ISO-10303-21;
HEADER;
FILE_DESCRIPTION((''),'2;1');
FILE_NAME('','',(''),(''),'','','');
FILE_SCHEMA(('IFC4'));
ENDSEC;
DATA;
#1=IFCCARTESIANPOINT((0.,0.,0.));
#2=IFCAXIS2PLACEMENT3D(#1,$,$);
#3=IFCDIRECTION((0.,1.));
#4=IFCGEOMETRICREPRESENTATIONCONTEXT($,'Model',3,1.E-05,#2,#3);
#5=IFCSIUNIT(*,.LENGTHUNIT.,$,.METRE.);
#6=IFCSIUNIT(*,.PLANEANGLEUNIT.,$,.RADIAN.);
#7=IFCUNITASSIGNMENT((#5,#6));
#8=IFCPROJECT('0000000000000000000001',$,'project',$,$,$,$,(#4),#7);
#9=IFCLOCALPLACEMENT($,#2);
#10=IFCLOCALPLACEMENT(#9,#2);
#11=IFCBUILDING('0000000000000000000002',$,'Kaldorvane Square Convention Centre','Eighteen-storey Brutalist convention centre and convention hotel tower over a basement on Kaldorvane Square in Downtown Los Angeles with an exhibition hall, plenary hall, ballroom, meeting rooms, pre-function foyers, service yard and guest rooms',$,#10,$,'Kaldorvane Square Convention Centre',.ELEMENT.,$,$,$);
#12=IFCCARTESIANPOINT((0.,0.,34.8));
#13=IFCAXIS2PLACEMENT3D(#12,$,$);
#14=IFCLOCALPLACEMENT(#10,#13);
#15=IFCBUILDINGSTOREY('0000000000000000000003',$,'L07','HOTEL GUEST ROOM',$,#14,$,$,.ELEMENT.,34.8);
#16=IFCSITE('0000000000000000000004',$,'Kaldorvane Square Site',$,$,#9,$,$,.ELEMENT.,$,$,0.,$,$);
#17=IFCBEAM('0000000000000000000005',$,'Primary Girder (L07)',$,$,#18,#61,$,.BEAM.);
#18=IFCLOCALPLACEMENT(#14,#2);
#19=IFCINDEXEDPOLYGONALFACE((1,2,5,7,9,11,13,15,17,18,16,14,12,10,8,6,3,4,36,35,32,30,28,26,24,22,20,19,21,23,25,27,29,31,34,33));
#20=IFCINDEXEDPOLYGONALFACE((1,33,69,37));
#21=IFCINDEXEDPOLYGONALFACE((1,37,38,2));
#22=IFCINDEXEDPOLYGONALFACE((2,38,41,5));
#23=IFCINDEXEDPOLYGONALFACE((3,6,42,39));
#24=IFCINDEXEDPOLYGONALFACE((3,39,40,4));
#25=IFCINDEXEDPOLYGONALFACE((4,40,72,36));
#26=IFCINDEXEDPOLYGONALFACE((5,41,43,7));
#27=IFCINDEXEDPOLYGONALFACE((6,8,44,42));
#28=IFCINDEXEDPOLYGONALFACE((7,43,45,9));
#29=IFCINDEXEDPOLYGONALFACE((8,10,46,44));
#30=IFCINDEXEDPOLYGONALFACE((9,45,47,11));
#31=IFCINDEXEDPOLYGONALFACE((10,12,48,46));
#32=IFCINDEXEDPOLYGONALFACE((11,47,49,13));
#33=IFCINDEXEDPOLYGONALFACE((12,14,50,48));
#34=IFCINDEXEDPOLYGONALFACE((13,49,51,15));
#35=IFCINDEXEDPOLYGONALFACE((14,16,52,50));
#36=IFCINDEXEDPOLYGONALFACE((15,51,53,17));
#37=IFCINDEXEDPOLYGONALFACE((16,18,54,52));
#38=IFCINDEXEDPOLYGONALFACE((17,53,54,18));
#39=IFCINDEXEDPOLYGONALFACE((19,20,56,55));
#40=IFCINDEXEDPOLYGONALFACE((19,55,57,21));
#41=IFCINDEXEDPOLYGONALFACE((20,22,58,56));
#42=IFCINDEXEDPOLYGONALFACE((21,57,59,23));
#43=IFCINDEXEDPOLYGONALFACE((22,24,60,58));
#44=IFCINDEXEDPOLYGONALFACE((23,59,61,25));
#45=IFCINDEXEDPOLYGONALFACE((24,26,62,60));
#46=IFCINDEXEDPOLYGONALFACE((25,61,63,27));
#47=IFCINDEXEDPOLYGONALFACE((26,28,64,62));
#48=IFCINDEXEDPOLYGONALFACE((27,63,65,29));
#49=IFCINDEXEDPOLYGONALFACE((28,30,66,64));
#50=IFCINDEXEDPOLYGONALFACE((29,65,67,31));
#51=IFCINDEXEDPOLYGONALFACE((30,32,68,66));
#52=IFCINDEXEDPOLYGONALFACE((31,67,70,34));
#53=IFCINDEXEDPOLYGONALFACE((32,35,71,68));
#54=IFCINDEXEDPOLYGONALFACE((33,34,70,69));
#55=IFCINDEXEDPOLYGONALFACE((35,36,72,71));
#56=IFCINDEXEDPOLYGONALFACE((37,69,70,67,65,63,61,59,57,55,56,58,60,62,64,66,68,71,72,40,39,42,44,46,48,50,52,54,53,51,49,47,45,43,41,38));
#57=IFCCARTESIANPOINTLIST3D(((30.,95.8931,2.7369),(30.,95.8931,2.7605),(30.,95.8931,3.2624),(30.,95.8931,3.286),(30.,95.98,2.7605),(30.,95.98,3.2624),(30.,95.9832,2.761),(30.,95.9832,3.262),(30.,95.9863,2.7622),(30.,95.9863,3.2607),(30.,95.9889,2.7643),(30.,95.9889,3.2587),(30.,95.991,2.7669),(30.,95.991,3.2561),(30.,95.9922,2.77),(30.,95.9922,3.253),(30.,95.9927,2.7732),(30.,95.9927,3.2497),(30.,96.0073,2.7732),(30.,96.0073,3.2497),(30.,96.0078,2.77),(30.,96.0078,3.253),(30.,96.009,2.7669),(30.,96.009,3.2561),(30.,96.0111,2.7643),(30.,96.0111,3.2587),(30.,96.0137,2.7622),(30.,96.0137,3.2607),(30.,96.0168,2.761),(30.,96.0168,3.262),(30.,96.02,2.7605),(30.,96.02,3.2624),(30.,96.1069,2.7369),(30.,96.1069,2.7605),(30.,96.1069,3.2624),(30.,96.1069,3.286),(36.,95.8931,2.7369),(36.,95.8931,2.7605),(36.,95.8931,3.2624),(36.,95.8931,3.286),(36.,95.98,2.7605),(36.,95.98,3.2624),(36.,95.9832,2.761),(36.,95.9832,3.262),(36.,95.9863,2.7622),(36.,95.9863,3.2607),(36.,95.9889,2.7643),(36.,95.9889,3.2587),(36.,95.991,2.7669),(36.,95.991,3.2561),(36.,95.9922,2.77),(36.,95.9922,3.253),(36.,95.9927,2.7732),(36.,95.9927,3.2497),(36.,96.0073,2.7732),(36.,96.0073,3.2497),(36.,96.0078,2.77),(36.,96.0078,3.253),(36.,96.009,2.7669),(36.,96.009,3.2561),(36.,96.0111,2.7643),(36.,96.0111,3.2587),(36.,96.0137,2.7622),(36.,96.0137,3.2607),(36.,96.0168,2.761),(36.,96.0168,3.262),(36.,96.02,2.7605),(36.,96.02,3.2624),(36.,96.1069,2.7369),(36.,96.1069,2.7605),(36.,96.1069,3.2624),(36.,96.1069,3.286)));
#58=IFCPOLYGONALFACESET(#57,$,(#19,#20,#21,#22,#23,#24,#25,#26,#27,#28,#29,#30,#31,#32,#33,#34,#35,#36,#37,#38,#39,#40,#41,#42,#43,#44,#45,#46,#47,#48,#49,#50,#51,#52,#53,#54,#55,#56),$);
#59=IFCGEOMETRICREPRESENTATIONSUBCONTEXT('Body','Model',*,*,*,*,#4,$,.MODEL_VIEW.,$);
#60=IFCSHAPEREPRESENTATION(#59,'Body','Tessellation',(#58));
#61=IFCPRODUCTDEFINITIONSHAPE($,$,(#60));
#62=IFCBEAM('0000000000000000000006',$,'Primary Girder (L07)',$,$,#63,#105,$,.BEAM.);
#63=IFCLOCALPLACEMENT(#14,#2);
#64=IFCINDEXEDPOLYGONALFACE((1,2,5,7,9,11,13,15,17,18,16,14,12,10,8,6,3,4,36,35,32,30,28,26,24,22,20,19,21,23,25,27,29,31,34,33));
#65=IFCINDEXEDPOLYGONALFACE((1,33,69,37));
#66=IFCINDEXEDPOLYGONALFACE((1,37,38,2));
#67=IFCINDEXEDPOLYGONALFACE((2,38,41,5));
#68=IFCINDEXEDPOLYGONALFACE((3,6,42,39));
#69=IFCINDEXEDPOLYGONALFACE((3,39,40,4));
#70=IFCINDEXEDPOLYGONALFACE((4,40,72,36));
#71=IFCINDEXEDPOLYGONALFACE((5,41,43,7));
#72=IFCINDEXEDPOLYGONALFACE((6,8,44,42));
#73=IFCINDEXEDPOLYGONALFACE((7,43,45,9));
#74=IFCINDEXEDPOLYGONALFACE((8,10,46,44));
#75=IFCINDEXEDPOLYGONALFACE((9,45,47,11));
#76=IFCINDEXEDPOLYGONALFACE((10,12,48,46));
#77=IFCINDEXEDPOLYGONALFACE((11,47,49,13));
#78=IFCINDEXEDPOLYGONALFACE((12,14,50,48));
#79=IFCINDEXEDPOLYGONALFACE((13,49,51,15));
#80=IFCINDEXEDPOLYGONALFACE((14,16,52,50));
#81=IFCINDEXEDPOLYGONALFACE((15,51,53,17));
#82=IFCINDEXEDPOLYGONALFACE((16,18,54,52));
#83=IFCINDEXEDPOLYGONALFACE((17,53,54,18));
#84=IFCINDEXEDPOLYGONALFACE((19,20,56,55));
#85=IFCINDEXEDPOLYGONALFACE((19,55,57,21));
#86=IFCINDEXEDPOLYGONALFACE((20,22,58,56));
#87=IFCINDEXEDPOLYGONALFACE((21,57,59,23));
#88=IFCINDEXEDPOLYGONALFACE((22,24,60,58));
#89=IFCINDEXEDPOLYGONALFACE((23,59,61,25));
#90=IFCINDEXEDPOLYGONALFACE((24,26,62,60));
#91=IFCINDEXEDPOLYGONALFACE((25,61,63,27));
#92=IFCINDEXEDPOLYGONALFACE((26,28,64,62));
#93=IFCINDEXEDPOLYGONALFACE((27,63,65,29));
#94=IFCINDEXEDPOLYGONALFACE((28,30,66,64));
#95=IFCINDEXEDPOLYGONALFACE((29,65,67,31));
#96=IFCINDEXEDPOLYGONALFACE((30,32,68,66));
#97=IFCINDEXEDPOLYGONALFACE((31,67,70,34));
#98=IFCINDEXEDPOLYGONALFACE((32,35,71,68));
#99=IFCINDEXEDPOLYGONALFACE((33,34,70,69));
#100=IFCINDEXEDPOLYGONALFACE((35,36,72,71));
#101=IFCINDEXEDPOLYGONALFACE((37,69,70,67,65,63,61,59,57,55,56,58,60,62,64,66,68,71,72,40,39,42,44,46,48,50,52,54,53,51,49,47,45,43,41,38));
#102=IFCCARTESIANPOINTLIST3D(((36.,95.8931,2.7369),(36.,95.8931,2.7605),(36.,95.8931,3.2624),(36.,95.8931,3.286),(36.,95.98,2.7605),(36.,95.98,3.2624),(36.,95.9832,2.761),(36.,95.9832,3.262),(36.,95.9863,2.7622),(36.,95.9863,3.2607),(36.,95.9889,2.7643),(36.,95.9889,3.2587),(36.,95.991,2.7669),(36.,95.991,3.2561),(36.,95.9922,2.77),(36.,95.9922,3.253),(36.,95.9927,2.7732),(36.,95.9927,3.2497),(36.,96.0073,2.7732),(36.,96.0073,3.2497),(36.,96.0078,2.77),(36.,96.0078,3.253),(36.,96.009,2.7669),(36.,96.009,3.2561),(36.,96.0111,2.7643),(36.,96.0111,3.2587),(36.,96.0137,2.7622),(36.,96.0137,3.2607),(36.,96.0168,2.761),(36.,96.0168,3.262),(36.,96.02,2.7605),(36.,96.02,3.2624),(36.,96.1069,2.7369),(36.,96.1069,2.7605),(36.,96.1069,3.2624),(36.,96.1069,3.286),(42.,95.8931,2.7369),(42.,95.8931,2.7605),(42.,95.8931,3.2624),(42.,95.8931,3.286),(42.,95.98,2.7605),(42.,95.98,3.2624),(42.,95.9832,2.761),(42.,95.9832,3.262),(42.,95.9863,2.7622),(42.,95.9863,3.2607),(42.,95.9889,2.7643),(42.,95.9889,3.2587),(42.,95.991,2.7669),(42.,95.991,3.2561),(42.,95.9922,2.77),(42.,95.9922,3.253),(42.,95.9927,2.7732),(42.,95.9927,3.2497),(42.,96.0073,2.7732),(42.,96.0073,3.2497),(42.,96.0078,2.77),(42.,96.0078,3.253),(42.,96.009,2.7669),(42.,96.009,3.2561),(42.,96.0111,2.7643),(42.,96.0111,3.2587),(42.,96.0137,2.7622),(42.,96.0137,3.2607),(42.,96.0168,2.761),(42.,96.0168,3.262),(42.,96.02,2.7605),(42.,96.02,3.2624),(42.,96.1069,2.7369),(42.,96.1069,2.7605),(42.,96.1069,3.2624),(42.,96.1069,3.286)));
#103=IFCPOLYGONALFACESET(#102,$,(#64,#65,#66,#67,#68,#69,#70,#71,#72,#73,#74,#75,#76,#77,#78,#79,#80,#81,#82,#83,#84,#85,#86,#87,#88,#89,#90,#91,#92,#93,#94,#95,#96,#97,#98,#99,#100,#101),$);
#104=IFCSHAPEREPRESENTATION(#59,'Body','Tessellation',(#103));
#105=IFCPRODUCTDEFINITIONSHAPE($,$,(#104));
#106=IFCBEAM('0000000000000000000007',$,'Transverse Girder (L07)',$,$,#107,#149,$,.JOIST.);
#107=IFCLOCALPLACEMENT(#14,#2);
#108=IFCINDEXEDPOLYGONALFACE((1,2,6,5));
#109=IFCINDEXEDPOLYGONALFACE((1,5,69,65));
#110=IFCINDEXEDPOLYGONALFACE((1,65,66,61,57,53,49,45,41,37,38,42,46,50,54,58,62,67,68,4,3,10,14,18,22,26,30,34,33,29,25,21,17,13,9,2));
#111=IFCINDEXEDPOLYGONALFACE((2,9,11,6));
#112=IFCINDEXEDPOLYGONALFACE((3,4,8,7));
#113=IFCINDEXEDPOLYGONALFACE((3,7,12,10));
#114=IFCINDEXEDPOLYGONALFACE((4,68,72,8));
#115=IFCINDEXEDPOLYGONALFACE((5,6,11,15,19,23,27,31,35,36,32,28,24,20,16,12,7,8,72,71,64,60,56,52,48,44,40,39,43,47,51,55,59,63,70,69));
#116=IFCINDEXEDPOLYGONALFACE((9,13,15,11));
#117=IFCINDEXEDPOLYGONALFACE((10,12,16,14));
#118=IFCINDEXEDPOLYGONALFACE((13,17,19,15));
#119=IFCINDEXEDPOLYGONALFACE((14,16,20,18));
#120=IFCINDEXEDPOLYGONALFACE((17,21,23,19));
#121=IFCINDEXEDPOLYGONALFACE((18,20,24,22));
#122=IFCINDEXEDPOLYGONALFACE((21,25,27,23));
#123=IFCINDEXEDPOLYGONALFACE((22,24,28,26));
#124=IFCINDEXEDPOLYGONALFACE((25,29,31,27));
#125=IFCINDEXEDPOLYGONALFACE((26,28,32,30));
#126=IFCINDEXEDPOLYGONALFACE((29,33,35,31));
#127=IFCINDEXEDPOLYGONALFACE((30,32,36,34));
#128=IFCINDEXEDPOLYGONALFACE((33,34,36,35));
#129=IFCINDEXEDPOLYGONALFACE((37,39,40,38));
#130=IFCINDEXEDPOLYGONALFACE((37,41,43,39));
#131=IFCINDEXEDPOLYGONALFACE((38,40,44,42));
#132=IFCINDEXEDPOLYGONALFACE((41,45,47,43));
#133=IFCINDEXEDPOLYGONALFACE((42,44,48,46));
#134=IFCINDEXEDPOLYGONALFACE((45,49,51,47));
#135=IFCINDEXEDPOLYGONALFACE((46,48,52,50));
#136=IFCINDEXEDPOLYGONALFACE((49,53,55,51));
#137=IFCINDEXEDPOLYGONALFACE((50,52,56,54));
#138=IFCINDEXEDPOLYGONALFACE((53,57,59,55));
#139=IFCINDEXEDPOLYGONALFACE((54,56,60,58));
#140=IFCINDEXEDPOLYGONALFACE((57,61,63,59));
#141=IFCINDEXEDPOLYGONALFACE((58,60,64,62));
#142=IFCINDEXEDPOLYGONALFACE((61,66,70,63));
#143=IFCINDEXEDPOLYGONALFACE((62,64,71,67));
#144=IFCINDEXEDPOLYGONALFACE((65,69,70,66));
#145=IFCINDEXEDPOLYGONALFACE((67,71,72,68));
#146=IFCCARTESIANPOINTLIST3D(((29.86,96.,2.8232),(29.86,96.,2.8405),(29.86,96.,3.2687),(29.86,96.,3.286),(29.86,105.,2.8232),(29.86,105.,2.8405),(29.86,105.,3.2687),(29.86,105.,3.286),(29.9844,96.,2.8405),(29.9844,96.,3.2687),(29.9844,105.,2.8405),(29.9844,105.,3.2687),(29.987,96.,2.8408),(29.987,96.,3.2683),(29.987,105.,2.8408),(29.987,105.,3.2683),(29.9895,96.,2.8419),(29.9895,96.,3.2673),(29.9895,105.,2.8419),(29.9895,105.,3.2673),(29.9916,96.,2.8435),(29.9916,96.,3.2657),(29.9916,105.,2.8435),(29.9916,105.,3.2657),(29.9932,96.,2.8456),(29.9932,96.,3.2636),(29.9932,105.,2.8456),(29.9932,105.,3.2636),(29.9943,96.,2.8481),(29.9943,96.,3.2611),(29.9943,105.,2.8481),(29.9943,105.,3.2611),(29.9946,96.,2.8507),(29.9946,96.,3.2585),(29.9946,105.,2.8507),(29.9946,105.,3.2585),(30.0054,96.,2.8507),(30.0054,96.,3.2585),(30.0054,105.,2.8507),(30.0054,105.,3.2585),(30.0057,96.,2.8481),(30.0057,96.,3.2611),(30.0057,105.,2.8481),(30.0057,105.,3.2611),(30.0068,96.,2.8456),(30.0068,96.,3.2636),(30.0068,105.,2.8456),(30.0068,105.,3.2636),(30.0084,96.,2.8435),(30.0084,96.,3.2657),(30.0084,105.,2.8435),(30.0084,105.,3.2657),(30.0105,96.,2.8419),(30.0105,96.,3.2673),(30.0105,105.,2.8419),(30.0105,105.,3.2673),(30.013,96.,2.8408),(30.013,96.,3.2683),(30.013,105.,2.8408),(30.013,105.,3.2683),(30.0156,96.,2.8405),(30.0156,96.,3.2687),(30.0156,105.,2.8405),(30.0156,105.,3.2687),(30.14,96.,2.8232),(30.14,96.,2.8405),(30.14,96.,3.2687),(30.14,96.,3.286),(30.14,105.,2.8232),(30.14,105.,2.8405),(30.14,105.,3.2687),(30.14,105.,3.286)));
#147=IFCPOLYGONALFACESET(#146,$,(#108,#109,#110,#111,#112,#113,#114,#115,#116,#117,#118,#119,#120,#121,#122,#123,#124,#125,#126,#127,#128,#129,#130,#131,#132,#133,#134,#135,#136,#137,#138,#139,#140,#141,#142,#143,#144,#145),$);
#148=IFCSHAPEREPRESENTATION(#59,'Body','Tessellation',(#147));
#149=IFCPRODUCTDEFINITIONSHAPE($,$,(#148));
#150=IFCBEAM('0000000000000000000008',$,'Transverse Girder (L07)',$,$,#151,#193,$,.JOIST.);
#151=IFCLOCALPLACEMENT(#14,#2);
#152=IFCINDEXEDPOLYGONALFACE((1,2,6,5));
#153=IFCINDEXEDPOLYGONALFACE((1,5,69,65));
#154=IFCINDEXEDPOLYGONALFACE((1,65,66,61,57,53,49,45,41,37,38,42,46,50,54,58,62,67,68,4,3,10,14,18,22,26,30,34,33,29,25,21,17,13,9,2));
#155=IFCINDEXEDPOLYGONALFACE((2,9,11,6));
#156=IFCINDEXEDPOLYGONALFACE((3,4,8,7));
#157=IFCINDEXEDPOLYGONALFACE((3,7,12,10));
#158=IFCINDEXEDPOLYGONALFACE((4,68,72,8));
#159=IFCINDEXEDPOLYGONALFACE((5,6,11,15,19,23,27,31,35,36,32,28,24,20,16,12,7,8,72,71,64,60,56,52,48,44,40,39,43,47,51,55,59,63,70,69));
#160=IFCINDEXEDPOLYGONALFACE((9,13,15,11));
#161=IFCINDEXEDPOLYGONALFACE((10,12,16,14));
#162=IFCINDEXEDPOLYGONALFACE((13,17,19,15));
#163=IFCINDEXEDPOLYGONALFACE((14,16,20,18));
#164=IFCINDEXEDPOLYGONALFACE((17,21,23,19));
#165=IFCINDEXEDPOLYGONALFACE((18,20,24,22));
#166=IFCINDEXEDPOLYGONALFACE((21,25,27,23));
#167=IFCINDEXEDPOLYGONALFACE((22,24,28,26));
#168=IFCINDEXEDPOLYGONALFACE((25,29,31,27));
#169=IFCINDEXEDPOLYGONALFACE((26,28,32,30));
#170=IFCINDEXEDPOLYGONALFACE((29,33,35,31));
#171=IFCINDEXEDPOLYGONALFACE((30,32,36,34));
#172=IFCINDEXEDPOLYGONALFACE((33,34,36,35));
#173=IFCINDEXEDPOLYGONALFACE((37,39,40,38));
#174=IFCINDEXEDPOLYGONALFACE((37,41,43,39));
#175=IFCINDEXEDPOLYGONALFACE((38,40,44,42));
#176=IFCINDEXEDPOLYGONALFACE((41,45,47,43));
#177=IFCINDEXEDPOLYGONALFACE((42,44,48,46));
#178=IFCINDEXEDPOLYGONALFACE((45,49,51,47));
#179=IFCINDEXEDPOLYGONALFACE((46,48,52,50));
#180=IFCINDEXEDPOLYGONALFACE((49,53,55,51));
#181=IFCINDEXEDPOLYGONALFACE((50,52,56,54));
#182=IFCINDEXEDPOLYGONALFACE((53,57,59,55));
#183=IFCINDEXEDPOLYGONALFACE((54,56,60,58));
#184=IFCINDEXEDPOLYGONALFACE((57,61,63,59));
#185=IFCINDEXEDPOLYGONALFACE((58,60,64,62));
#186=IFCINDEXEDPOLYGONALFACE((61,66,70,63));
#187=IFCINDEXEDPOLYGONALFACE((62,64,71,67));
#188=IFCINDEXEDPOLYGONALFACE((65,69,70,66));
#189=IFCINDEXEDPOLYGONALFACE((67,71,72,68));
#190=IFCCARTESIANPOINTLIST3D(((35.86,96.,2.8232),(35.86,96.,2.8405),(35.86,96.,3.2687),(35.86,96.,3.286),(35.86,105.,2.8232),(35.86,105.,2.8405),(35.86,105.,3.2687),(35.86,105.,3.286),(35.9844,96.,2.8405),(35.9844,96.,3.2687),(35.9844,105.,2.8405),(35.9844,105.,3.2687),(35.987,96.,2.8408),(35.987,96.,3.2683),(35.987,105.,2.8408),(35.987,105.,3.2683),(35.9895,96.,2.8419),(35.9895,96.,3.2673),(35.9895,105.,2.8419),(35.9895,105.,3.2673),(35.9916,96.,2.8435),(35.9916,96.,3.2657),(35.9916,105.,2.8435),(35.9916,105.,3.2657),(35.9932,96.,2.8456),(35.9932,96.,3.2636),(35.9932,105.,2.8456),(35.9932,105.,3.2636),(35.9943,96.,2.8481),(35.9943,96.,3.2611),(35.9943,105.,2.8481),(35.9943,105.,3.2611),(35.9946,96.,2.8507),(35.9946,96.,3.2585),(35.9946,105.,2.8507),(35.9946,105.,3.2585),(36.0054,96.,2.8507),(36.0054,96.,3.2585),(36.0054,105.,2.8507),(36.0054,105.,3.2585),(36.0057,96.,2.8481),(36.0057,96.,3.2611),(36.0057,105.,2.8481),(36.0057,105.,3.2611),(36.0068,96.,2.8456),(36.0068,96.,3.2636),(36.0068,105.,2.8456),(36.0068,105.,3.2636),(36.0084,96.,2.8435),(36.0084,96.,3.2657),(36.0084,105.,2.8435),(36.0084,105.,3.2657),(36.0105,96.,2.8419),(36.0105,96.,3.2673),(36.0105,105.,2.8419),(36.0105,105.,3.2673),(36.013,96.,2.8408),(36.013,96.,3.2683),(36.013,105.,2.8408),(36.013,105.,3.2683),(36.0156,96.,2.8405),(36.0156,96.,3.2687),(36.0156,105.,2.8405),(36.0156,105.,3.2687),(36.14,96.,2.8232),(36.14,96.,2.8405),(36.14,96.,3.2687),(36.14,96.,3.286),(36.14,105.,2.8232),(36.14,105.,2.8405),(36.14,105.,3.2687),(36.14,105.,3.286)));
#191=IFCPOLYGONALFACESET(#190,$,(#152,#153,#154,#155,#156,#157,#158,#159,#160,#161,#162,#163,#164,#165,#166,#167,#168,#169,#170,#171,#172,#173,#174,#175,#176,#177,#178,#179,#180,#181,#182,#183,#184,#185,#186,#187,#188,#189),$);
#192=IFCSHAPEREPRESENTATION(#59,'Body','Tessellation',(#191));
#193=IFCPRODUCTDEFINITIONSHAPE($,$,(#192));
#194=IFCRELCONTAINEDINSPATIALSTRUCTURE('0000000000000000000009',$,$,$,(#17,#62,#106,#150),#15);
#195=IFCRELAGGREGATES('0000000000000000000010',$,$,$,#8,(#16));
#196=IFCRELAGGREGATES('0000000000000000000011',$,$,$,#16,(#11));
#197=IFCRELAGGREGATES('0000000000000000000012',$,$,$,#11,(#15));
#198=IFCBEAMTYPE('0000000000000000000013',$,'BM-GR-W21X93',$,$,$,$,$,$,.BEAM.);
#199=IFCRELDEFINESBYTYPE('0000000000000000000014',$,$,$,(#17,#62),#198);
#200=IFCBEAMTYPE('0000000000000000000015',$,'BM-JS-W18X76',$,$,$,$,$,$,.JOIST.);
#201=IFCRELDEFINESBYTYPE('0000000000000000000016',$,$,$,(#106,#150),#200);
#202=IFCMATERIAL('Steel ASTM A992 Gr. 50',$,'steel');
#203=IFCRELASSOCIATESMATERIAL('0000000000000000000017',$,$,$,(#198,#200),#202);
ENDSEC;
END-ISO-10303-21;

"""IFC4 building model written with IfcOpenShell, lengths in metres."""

from ifc_helpers import new_model, si_unit, direction, frame, origin, origin_2d, place, context, subcontext, project, spatial, i_section, extrude, material, material_profile, profile_set, type_object, element, save


model = new_model("IFC4")

# Units and contexts
model_context = context("Model", 3, precision=1e-05, world=origin(), true_north=direction((0.0, 1.0)))
body_context = subcontext(model_context, "Body", "Model", "MODEL_VIEW")
ifc_project = project(units=[si_unit("LENGTHUNIT", "METRE"), si_unit("PLANEANGLEUNIT", "RADIAN")], contexts=[model_context])

# Site, building, storey
site_placement = place(None, origin())
site = spatial("IfcSite", under=ifc_project, at=site_placement, Name="Kaldorvane Square Site", CompositionType="ELEMENT", RefElevation=0.0)
building_placement = place(site_placement, origin())
building = spatial("IfcBuilding", under=site, at=building_placement, Name="Kaldorvane Square Convention Centre", Description="Eighteen-storey Brutalist convention centre and convention hotel tower over a basement on Kaldorvane Square in Downtown Los Angeles with an exhibition hall, plenary hall, ballroom, meeting rooms, pre-function foyers, service yard and guest rooms", LongName="Kaldorvane Square Convention Centre", CompositionType="ELEMENT")
storey_placement = place(building_placement, frame((0.0, 0.0, 34.8)))
storey = spatial("IfcBuildingStorey", under=building, at=storey_placement, Name="L07", Description="HOTEL GUEST ROOM", CompositionType="ELEMENT", Elevation=34.8)

# Shared definitions
ifc_material_1 = material(Name="Steel ASTM A992 Gr. 50", Category="steel")

# Beams
ifc_material_profile_1 = material_profile(ifc_material_1, i_section(OverallWidth=0.2139, OverallDepth=0.5491, WebThickness=0.0147, FlangeThickness=0.0236, FilletRadius=0.0127, at=origin_2d()), Name="W21X93")
ifc_profile_set_1 = profile_set([ifc_material_profile_1], Name="Steel ASTM A992 Gr. 50")
beam_type_1 = type_object("IfcBeamType", Name="BM-GR-W21X93", PredefinedType="BEAM", material=ifc_profile_set_1)
for number, where, z_axis, x_axis, name in (
    (1, (30.0, 96.0, 3.0115), (1.0, 0.0, 0.0), (0.0, 1.0, 0.0), "Primary Girder (L07)"),
    (2, (36.0, 96.0, 3.0115), (1.0, 0.0, 0.0), (0.0, 1.0, 0.0), "Primary Girder (L07)"),
):
    element("IfcBeam", number, at=place(storey_placement, frame(where, z_axis=z_axis, x_axis=x_axis)), inside=storey, type_object=beam_type_1, Name=name, PredefinedType="BEAM", context=body_context, shape_type="SweptSolid", body=[
        extrude(i_section(OverallWidth=0.2139, OverallDepth=0.5491, WebThickness=0.0147, FlangeThickness=0.0236, FilletRadius=0.0127, at=origin_2d()), origin(), (0.0, 0.0, 1.0), 6.0),
    ])
ifc_material_profile_2 = material_profile(ifc_material_1, i_section(OverallWidth=0.2799, OverallDepth=0.4628, WebThickness=0.0108, FlangeThickness=0.0173, FilletRadius=0.0102, at=origin_2d()), Name="W18X76")
ifc_profile_set_2 = profile_set([ifc_material_profile_2], Name="Steel ASTM A992 Gr. 50")
beam_type_2 = type_object("IfcBeamType", Name="BM-JS-W18X76", PredefinedType="JOIST", material=ifc_profile_set_2)
for number, where, z_axis, x_axis, name in (
    (3, (30.0, 96.0, 3.0546), (0.0, 1.0, 0.0), (-1.0, 0.0, 0.0), "Transverse Girder (L07)"),
    (4, (36.0, 96.0, 3.0546), (0.0, 1.0, 0.0), (-1.0, 0.0, 0.0), "Transverse Girder (L07)"),
):
    element("IfcBeam", number, at=place(storey_placement, frame(where, z_axis=z_axis, x_axis=x_axis)), inside=storey, type_object=beam_type_2, Name=name, PredefinedType="JOIST", context=body_context, shape_type="SweptSolid", body=[
        extrude(i_section(OverallWidth=0.2799, OverallDepth=0.4628, WebThickness=0.0108, FlangeThickness=0.0173, FilletRadius=0.0102, at=origin_2d()), origin(), (0.0, 0.0, 1.0), 9.0),
    ])

save(model, "model.ifc")
